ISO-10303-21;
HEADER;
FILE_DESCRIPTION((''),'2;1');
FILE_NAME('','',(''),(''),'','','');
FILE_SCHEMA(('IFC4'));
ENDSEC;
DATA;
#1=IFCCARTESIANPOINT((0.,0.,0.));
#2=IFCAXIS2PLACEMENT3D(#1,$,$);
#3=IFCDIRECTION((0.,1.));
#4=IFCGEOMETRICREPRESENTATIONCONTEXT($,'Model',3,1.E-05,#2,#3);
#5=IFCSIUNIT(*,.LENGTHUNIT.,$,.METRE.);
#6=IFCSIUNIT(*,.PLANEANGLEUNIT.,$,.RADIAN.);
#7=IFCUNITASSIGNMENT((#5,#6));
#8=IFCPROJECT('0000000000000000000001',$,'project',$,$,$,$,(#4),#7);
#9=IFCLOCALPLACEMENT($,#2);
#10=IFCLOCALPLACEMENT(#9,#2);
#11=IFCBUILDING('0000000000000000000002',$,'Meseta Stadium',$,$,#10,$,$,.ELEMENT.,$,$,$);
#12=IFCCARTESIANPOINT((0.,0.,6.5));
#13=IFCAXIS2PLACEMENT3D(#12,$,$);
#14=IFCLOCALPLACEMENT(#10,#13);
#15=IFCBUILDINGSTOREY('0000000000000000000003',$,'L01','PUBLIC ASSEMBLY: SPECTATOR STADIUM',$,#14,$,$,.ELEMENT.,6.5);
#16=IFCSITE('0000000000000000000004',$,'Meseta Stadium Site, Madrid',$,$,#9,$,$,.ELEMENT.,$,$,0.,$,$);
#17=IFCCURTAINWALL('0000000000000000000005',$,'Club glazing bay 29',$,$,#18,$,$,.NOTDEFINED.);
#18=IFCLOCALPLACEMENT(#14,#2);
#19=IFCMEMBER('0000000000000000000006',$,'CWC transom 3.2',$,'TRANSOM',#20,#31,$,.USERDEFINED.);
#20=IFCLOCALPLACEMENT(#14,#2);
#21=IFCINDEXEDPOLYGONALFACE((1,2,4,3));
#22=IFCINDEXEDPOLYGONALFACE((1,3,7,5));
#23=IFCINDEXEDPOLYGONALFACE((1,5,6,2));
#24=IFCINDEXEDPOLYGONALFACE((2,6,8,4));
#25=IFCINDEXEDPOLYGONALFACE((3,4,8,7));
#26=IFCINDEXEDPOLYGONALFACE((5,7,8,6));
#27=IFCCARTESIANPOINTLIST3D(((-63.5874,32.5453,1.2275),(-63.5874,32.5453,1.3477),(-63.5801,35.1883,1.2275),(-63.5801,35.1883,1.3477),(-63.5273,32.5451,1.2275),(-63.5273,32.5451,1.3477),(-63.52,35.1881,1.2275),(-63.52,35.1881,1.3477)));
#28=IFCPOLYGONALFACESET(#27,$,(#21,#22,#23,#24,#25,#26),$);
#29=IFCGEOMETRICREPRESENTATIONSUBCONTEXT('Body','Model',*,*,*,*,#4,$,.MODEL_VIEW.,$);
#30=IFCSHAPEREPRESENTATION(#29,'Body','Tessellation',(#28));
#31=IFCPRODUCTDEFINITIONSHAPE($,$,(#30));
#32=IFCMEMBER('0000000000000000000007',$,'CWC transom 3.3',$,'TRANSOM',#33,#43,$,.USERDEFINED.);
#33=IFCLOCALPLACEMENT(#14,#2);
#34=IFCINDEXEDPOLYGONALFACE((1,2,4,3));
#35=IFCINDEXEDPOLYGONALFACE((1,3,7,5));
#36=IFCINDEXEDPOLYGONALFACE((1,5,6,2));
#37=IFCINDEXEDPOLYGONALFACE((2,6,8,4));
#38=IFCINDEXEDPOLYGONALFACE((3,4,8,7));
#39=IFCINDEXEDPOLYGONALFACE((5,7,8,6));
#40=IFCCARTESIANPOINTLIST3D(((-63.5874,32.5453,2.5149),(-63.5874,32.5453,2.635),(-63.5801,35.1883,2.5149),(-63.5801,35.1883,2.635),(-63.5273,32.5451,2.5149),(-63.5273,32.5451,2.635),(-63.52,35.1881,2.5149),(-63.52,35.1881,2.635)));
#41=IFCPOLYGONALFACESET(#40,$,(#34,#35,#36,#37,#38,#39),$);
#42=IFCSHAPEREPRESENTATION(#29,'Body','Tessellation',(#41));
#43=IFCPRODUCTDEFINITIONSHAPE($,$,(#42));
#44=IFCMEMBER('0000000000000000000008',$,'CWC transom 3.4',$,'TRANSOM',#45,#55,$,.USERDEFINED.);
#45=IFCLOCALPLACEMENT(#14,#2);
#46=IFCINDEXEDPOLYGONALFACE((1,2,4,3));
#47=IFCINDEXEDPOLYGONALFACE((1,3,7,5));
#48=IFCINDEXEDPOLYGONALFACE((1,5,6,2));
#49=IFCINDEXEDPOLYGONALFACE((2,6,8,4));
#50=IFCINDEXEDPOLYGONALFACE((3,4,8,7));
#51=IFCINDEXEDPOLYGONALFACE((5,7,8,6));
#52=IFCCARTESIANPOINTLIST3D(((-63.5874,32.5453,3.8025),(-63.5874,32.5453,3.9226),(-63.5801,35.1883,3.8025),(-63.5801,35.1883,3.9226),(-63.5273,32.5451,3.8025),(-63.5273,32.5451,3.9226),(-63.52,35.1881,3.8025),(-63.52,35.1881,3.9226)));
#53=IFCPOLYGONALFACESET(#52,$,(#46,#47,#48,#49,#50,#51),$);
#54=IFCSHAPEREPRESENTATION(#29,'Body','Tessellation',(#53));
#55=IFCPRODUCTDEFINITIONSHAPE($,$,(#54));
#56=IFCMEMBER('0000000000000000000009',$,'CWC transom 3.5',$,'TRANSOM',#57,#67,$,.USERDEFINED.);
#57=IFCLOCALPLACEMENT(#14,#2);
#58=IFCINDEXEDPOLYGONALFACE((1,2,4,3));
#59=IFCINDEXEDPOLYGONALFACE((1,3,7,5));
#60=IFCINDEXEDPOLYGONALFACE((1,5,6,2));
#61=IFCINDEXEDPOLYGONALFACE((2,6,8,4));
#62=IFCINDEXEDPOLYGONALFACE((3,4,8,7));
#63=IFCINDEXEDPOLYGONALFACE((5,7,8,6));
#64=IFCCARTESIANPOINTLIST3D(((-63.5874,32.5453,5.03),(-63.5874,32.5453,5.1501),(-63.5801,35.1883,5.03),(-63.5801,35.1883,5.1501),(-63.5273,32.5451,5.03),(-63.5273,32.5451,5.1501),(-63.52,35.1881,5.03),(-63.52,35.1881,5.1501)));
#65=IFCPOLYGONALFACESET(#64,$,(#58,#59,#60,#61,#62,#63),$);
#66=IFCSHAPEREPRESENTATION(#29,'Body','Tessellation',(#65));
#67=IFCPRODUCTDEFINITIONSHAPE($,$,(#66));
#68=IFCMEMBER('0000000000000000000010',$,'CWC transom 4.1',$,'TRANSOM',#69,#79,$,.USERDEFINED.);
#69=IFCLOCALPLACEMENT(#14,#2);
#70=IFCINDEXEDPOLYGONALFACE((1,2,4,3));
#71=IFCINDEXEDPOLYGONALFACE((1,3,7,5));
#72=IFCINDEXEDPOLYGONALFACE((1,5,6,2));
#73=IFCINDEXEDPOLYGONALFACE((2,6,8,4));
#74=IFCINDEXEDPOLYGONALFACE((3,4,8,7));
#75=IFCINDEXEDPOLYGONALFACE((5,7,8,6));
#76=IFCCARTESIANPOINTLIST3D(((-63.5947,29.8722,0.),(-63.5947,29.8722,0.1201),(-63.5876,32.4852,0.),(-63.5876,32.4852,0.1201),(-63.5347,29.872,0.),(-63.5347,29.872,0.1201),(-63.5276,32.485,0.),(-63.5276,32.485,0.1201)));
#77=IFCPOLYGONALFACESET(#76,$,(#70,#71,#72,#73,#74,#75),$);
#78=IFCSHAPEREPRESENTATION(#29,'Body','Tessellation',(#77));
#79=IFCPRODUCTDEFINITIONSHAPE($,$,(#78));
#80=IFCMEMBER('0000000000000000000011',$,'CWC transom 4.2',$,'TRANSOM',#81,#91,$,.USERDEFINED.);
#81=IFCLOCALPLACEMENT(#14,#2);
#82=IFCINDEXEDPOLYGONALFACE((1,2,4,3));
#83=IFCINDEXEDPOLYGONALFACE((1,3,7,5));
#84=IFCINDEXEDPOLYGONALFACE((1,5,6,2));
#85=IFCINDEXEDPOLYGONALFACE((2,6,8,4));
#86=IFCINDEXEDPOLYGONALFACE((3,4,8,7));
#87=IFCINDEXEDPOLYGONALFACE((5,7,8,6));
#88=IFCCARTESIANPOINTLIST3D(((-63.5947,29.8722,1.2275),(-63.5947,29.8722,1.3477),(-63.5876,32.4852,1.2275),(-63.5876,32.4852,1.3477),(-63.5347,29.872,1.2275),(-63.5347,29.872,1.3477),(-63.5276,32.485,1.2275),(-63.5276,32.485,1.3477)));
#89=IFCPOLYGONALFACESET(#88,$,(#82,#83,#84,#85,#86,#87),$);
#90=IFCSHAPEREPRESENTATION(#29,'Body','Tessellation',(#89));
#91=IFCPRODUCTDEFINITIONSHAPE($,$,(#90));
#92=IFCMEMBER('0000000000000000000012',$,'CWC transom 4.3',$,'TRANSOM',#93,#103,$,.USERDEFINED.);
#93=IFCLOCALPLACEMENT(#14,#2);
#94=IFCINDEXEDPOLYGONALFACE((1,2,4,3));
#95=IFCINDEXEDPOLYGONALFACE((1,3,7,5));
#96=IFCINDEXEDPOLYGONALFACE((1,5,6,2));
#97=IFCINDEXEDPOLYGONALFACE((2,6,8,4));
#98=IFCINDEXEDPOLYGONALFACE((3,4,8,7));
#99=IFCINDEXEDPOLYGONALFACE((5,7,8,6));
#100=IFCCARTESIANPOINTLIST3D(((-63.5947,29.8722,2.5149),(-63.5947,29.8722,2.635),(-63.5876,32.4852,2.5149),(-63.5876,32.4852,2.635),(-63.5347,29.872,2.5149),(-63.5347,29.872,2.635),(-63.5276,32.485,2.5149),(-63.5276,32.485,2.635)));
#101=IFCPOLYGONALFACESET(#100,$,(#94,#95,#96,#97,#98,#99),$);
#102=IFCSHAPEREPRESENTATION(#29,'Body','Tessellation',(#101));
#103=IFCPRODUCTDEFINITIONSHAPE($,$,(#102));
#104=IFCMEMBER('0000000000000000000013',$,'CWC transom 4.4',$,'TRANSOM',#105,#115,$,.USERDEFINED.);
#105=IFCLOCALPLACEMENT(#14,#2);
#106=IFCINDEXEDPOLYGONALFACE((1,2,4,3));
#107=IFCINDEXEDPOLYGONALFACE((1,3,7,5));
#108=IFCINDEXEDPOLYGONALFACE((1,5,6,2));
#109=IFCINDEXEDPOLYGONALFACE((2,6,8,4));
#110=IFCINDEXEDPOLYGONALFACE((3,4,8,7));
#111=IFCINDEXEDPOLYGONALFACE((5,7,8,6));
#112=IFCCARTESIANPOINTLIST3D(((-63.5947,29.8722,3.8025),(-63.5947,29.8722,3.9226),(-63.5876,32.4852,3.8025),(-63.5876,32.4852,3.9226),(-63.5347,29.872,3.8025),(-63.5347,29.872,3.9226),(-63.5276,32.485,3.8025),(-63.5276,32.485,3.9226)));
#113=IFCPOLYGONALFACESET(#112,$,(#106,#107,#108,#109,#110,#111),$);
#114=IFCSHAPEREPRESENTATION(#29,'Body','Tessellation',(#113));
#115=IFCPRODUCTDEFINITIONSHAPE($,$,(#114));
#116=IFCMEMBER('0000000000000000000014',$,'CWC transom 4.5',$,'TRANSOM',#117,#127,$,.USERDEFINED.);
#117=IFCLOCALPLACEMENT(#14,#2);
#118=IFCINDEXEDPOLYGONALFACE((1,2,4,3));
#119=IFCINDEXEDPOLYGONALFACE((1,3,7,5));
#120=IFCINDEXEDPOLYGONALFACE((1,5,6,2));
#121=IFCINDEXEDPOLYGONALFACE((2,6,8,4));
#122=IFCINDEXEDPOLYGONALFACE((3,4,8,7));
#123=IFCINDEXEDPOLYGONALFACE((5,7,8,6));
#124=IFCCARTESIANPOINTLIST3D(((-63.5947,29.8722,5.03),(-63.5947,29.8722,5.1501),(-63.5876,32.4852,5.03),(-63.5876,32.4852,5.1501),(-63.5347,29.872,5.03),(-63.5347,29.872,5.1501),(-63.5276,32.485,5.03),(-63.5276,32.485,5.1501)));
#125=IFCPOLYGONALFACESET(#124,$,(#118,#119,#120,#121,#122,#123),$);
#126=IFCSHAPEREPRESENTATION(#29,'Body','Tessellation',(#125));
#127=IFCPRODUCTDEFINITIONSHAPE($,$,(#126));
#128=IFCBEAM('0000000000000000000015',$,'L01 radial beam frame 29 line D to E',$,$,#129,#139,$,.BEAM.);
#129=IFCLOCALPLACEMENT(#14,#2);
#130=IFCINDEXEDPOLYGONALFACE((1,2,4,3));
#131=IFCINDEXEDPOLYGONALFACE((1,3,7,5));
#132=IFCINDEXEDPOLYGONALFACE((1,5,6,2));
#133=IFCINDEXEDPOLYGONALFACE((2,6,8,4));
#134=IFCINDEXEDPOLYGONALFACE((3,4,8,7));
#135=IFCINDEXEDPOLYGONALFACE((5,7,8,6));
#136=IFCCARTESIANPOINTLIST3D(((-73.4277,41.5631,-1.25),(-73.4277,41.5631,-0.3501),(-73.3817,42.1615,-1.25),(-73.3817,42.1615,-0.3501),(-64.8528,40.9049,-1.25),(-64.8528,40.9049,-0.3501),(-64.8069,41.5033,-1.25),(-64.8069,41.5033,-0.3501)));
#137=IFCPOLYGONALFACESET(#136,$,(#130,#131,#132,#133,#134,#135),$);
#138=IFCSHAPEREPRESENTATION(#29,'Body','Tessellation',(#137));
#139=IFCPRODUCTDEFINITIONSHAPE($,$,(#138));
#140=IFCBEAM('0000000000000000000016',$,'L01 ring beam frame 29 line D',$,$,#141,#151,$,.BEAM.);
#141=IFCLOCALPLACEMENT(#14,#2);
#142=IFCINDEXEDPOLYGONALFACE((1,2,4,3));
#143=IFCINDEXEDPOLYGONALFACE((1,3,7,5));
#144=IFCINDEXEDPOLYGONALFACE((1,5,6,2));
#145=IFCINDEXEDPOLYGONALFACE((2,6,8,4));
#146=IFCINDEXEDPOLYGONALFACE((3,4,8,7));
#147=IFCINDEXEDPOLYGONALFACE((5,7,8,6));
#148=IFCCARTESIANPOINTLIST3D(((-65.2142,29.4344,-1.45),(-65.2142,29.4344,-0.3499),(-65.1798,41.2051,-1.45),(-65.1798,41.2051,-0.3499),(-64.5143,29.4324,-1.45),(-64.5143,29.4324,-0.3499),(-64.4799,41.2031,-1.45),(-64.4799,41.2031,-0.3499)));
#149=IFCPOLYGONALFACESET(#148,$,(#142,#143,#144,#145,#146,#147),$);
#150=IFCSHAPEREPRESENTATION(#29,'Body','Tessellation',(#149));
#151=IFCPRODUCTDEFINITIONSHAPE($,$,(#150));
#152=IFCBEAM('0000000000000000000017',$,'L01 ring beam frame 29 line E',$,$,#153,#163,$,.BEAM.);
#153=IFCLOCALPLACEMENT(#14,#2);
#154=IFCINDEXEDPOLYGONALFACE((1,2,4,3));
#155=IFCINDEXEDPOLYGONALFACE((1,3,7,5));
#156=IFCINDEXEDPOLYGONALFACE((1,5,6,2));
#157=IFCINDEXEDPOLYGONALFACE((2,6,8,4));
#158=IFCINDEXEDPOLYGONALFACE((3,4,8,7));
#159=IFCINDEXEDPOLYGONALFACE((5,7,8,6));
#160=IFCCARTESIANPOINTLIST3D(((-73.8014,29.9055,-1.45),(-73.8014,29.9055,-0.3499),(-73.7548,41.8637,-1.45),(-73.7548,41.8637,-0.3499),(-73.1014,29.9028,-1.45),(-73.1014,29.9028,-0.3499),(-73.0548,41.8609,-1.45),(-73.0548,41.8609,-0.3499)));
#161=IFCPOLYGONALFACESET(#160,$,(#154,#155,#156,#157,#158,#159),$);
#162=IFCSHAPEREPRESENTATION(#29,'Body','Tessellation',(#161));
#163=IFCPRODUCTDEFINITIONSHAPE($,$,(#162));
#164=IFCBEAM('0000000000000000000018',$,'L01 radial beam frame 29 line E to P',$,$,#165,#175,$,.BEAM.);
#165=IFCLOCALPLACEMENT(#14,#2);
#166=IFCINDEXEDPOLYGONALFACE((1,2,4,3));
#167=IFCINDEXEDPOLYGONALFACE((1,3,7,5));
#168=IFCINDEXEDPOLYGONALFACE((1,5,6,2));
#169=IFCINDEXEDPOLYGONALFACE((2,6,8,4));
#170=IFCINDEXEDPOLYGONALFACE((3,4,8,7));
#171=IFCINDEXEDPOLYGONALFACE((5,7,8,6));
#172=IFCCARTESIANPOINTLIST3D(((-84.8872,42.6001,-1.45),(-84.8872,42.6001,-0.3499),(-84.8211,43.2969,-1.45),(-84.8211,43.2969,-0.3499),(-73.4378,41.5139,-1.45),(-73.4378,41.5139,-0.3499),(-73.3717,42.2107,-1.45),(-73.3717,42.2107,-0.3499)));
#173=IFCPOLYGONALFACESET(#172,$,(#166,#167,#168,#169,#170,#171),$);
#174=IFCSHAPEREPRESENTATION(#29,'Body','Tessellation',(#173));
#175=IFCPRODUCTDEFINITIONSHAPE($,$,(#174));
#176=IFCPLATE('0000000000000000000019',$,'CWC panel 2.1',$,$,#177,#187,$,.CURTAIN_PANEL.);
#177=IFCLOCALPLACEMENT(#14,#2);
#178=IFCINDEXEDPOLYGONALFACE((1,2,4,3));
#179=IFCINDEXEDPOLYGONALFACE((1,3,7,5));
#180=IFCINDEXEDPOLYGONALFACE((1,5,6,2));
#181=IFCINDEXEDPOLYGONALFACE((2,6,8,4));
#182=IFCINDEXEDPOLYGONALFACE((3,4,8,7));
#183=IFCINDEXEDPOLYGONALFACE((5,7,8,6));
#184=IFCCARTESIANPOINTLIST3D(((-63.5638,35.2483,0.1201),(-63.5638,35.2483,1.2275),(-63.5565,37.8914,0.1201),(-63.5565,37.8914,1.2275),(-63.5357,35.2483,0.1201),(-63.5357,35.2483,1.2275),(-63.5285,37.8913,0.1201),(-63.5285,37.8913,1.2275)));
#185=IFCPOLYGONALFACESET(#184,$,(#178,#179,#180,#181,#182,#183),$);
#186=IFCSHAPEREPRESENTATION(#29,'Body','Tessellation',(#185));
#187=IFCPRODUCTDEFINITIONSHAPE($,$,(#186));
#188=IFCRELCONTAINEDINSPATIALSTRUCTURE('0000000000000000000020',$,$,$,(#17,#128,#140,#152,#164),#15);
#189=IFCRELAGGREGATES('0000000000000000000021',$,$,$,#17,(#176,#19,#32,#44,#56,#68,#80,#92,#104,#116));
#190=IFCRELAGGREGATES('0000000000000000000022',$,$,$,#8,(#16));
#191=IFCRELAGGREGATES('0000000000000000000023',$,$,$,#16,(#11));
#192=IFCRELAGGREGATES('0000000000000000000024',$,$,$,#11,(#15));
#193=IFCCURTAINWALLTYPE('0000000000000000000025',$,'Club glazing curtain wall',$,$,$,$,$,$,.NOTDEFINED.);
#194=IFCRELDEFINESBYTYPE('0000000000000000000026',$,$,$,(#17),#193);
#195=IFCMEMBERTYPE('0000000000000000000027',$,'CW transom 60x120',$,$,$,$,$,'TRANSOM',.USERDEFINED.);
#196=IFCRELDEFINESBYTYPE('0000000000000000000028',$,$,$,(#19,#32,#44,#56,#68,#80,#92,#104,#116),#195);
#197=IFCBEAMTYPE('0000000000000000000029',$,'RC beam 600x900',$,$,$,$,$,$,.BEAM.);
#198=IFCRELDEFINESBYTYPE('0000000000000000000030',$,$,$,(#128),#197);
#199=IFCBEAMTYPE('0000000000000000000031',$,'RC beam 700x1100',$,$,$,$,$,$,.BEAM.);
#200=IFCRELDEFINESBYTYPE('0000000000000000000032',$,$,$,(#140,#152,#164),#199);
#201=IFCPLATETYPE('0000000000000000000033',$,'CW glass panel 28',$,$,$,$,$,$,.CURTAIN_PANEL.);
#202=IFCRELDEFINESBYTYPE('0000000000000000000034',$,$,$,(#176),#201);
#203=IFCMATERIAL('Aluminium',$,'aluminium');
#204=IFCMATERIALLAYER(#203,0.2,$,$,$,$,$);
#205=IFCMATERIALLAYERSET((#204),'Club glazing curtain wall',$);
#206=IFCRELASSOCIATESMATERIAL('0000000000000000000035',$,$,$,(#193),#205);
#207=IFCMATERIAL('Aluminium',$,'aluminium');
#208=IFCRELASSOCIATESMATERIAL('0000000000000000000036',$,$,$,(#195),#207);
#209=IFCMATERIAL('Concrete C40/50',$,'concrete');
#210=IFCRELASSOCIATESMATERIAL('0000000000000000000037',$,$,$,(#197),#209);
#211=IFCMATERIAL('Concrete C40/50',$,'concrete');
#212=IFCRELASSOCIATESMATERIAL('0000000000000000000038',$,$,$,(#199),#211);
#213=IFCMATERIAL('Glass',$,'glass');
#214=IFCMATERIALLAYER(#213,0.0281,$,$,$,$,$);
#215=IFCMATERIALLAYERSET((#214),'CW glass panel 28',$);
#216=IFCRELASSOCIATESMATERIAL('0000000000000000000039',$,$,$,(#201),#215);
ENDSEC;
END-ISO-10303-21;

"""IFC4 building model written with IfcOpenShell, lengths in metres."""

from ifc_helpers import new_model, si_unit, direction, frame, origin, origin_2d, place, context, subcontext, project, spatial, rectangle, extrude, material, layer, layer_set, material_profile, profile_set, type_object, element, aggregate, save


model = new_model("IFC4")

# Units and contexts
model_context = context("Model", 3, precision=1e-05, world=origin(), true_north=direction((0.0, 1.0)))
body_context = subcontext(model_context, "Body", "Model", "MODEL_VIEW")
ifc_project = project(units=[si_unit("LENGTHUNIT", "METRE"), si_unit("PLANEANGLEUNIT", "RADIAN")], contexts=[model_context])

# Site, building, storey
site_placement = place(None, origin())
site = spatial("IfcSite", under=ifc_project, at=site_placement, Name="Meseta Stadium Site, Madrid", CompositionType="ELEMENT", RefElevation=0.0)
building_placement = place(site_placement, origin())
building = spatial("IfcBuilding", under=site, at=building_placement, Name="Meseta Stadium", CompositionType="ELEMENT")
storey_placement = place(building_placement, frame((0.0, 0.0, 6.5)))
storey = spatial("IfcBuildingStorey", under=building, at=storey_placement, Name="L01", Description="PUBLIC ASSEMBLY: SPECTATOR STADIUM", CompositionType="ELEMENT", Elevation=6.5)

# Curtain wall, members
ifc_material_1 = material(Name="Aluminium", Category="aluminium")
ifc_layer_1 = layer(ifc_material_1, 0.2)
ifc_layer_set_1 = layer_set([ifc_layer_1], Name="Club glazing curtain wall")
curtain_wall_type = type_object("IfcCurtainWallType", Name="Club glazing curtain wall", PredefinedType="NOTDEFINED", material=ifc_layer_set_1)
curtain_wall_placement = place(storey_placement, origin())
curtain_wall = element("IfcCurtainWall", 1, at=curtain_wall_placement, inside=storey, type_object=curtain_wall_type, Name="Club glazing bay 29", PredefinedType="NOTDEFINED")
ifc_material_2 = material(Name="Aluminium", Category="aluminium")
ifc_material_profile_1 = material_profile(ifc_material_2, rectangle(XDim=0.0601, YDim=0.1201, at=origin_2d()), Name="CW 60x120")
ifc_profile_set_1 = profile_set([ifc_material_profile_1], Name="Aluminium")
member_type_1 = type_object("IfcMemberType", Name="CW transom 60x120", ElementType="TRANSOM", PredefinedType="USERDEFINED", material=ifc_profile_set_1)
member_1_placement = place(storey_placement, frame((-63.55, 35.1882, 1.2876), z_axis=(-0.002771, -0.999996, 0.0), x_axis=(0.999996, -0.002771, 0.0)))
member_1 = element("IfcMember", 2, at=member_1_placement, type_object=member_type_1, Name="CWC transom 3.2", ObjectType="TRANSOM", PredefinedType="USERDEFINED", context=body_context, shape_type="SweptSolid", body=[
    extrude(rectangle(XDim=0.0601, YDim=0.1201, at=origin_2d()), origin(), (0.0, 0.0, 1.0), 2.6431),
])
member_2_placement = place(storey_placement, frame((-63.55, 35.1882, 2.575), z_axis=(-0.002771, -0.999996, 0.0), x_axis=(0.999996, -0.002771, 0.0)))
member_2 = element("IfcMember", 3, at=member_2_placement, type_object=member_type_1, Name="CWC transom 3.3", ObjectType="TRANSOM", PredefinedType="USERDEFINED", context=body_context, shape_type="SweptSolid", body=[
    extrude(rectangle(XDim=0.0601, YDim=0.1201, at=origin_2d()), origin(), (0.0, 0.0, 1.0), 2.6431),
])
member_3_placement = place(storey_placement, frame((-63.55, 35.1882, 3.8625), z_axis=(-0.002771, -0.999996, 0.0), x_axis=(0.999996, -0.002771, 0.0)))
member_3 = element("IfcMember", 4, at=member_3_placement, type_object=member_type_1, Name="CWC transom 3.4", ObjectType="TRANSOM", PredefinedType="USERDEFINED", context=body_context, shape_type="SweptSolid", body=[
    extrude(rectangle(XDim=0.0601, YDim=0.1201, at=origin_2d()), origin(), (0.0, 0.0, 1.0), 2.6431),
])
member_4_placement = place(storey_placement, frame((-63.55, 35.1882, 5.0901), z_axis=(-0.002771, -0.999996, 0.0), x_axis=(0.999996, -0.002771, 0.0)))
member_4 = element("IfcMember", 5, at=member_4_placement, type_object=member_type_1, Name="CWC transom 3.5", ObjectType="TRANSOM", PredefinedType="USERDEFINED", context=body_context, shape_type="SweptSolid", body=[
    extrude(rectangle(XDim=0.0601, YDim=0.1201, at=origin_2d()), origin(), (0.0, 0.0, 1.0), 2.6431),
])
member_5_placement = place(storey_placement, frame((-63.5576, 32.4851, 0.0601), z_axis=(-0.00271, -0.999996, 0.0), x_axis=(0.999996, -0.00271, 0.0)))
member_5 = element("IfcMember", 6, at=member_5_placement, type_object=member_type_1, Name="CWC transom 4.1", ObjectType="TRANSOM", PredefinedType="USERDEFINED", context=body_context, shape_type="SweptSolid", body=[
    extrude(rectangle(XDim=0.0601, YDim=0.1201, at=origin_2d()), origin(), (0.0, 0.0, 1.0), 2.613),
])
member_6_placement = place(storey_placement, frame((-63.5576, 32.4851, 1.2876), z_axis=(-0.00271, -0.999996, 0.0), x_axis=(0.999996, -0.00271, 0.0)))
member_6 = element("IfcMember", 7, at=member_6_placement, type_object=member_type_1, Name="CWC transom 4.2", ObjectType="TRANSOM", PredefinedType="USERDEFINED", context=body_context, shape_type="SweptSolid", body=[
    extrude(rectangle(XDim=0.0601, YDim=0.1201, at=origin_2d()), origin(), (0.0, 0.0, 1.0), 2.613),
])
member_7_placement = place(storey_placement, frame((-63.5576, 32.4851, 2.575), z_axis=(-0.00271, -0.999996, 0.0), x_axis=(0.999996, -0.00271, 0.0)))
member_7 = element("IfcMember", 8, at=member_7_placement, type_object=member_type_1, Name="CWC transom 4.3", ObjectType="TRANSOM", PredefinedType="USERDEFINED", context=body_context, shape_type="SweptSolid", body=[
    extrude(rectangle(XDim=0.0601, YDim=0.1201, at=origin_2d()), origin(), (0.0, 0.0, 1.0), 2.613),
])
member_8_placement = place(storey_placement, frame((-63.5576, 32.4851, 3.8625), z_axis=(-0.00271, -0.999996, 0.0), x_axis=(0.999996, -0.00271, 0.0)))
member_8 = element("IfcMember", 9, at=member_8_placement, type_object=member_type_1, Name="CWC transom 4.4", ObjectType="TRANSOM", PredefinedType="USERDEFINED", context=body_context, shape_type="SweptSolid", body=[
    extrude(rectangle(XDim=0.0601, YDim=0.1201, at=origin_2d()), origin(), (0.0, 0.0, 1.0), 2.613),
])
member_9_placement = place(storey_placement, frame((-63.5576, 32.4851, 5.0901), z_axis=(-0.00271, -0.999996, 0.0), x_axis=(0.999996, -0.00271, 0.0)))
member_9 = element("IfcMember", 10, at=member_9_placement, type_object=member_type_1, Name="CWC transom 4.5", ObjectType="TRANSOM", PredefinedType="USERDEFINED", context=body_context, shape_type="SweptSolid", body=[
    extrude(rectangle(XDim=0.0601, YDim=0.1201, at=origin_2d()), origin(), (0.0, 0.0, 1.0), 2.613),
])

# Beams
ifc_material_3 = material(Name="Concrete C40/50", Category="concrete")
ifc_material_profile_2 = material_profile(ifc_material_3, rectangle(XDim=0.6001, YDim=0.8999, at=origin_2d()), Name="RC 600x900")
ifc_profile_set_2 = profile_set([ifc_material_profile_2], Name="Concrete C40/50")
beam_type_1 = type_object("IfcBeamType", Name="RC beam 600x900", PredefinedType="BEAM", material=ifc_profile_set_2)
beam_1_placement = place(storey_placement, frame((-64.8298, 41.2041, -0.8), z_axis=(-0.997067, 0.076534, 0.0), x_axis=(-0.076534, -0.997067, 0.0)))
element("IfcBeam", 11, at=beam_1_placement, inside=storey, type_object=beam_type_1, Name="L01 radial beam frame 29 line D to E", PredefinedType="BEAM", context=body_context, shape_type="SweptSolid", body=[
    extrude(rectangle(XDim=0.6001, YDim=0.8999, at=origin_2d()), origin(), (0.0, 0.0, 1.0), 8.6001),
])
ifc_material_4 = material(Name="Concrete C40/50", Category="concrete")
ifc_material_profile_3 = material_profile(ifc_material_4, rectangle(XDim=0.7, YDim=1.1001, at=origin_2d()), Name="RC 700x1100")
ifc_profile_set_3 = profile_set([ifc_material_profile_3], Name="Concrete C40/50")
beam_type_2 = type_object("IfcBeamType", Name="RC beam 700x1100", PredefinedType="BEAM", material=ifc_profile_set_3)
beam_2_placement = place(storey_placement, frame((-64.8298, 41.2041, -0.8999), z_axis=(-0.002925, -0.999996, 0.0), x_axis=(0.999996, -0.002925, 0.0)))
element("IfcBeam", 12, at=beam_2_placement, inside=storey, type_object=beam_type_2, Name="L01 ring beam frame 29 line D", PredefinedType="BEAM", context=body_context, shape_type="SweptSolid", body=[
    extrude(rectangle(XDim=0.7, YDim=1.1001, at=origin_2d()), origin(), (0.0, 0.0, 1.0), 11.7708),
])
beam_3_placement = place(storey_placement, frame((-73.4048, 41.8623, -0.8999), z_axis=(-0.003899, -0.999992, 0.0), x_axis=(0.999992, -0.003899, 0.0)))
element("IfcBeam", 13, at=beam_3_placement, inside=storey, type_object=beam_type_2, Name="L01 ring beam frame 29 line E", PredefinedType="BEAM", context=body_context, shape_type="SweptSolid", body=[
    extrude(rectangle(XDim=0.7, YDim=1.1001, at=origin_2d()), origin(), (0.0, 0.0, 1.0), 11.9583),
])
beam_4_placement = place(storey_placement, frame((-73.4048, 41.8623, -0.8999), z_axis=(-0.99553, 0.094445, 0.0), x_axis=(-0.094445, -0.99553, 0.0)))
element("IfcBeam", 14, at=beam_4_placement, inside=storey, type_object=beam_type_2, Name="L01 radial beam frame 29 line E to P", PredefinedType="BEAM", context=body_context, shape_type="SweptSolid", body=[
    extrude(rectangle(XDim=0.7, YDim=1.1001, at=origin_2d()), origin(), (0.0, 0.0, 1.0), 11.5007),
])

# Plate
ifc_material_5 = material(Name="Glass", Category="glass")
ifc_layer_2 = layer(ifc_material_5, 0.0281)
ifc_layer_set_2 = layer_set([ifc_layer_2], Name="CW glass panel 28")
plate_type = type_object("IfcPlateType", Name="CW glass panel 28", PredefinedType="CURTAIN_PANEL", material=ifc_layer_set_2)
plate_1_placement = place(storey_placement, frame((-63.5461, 36.5698, 0.1201), z_axis=(0.0, 0.0, 1.0), x_axis=(-0.002758, -0.999996, 0.0)))
plate_1 = element("IfcPlate", 15, at=plate_1_placement, type_object=plate_type, Name="CWC panel 2.1", PredefinedType="CURTAIN_PANEL", context=body_context, shape_type="SweptSolid", body=[
    extrude(rectangle(XDim=2.6431, YDim=0.0281, at=origin_2d()), origin(), (0.0, 0.0, 1.0), 1.1074),
])
aggregate(curtain_wall, [plate_1, member_1, member_2, member_3, member_4, member_5, member_6, member_7, member_8, member_9])

save(model, "model.ifc")
